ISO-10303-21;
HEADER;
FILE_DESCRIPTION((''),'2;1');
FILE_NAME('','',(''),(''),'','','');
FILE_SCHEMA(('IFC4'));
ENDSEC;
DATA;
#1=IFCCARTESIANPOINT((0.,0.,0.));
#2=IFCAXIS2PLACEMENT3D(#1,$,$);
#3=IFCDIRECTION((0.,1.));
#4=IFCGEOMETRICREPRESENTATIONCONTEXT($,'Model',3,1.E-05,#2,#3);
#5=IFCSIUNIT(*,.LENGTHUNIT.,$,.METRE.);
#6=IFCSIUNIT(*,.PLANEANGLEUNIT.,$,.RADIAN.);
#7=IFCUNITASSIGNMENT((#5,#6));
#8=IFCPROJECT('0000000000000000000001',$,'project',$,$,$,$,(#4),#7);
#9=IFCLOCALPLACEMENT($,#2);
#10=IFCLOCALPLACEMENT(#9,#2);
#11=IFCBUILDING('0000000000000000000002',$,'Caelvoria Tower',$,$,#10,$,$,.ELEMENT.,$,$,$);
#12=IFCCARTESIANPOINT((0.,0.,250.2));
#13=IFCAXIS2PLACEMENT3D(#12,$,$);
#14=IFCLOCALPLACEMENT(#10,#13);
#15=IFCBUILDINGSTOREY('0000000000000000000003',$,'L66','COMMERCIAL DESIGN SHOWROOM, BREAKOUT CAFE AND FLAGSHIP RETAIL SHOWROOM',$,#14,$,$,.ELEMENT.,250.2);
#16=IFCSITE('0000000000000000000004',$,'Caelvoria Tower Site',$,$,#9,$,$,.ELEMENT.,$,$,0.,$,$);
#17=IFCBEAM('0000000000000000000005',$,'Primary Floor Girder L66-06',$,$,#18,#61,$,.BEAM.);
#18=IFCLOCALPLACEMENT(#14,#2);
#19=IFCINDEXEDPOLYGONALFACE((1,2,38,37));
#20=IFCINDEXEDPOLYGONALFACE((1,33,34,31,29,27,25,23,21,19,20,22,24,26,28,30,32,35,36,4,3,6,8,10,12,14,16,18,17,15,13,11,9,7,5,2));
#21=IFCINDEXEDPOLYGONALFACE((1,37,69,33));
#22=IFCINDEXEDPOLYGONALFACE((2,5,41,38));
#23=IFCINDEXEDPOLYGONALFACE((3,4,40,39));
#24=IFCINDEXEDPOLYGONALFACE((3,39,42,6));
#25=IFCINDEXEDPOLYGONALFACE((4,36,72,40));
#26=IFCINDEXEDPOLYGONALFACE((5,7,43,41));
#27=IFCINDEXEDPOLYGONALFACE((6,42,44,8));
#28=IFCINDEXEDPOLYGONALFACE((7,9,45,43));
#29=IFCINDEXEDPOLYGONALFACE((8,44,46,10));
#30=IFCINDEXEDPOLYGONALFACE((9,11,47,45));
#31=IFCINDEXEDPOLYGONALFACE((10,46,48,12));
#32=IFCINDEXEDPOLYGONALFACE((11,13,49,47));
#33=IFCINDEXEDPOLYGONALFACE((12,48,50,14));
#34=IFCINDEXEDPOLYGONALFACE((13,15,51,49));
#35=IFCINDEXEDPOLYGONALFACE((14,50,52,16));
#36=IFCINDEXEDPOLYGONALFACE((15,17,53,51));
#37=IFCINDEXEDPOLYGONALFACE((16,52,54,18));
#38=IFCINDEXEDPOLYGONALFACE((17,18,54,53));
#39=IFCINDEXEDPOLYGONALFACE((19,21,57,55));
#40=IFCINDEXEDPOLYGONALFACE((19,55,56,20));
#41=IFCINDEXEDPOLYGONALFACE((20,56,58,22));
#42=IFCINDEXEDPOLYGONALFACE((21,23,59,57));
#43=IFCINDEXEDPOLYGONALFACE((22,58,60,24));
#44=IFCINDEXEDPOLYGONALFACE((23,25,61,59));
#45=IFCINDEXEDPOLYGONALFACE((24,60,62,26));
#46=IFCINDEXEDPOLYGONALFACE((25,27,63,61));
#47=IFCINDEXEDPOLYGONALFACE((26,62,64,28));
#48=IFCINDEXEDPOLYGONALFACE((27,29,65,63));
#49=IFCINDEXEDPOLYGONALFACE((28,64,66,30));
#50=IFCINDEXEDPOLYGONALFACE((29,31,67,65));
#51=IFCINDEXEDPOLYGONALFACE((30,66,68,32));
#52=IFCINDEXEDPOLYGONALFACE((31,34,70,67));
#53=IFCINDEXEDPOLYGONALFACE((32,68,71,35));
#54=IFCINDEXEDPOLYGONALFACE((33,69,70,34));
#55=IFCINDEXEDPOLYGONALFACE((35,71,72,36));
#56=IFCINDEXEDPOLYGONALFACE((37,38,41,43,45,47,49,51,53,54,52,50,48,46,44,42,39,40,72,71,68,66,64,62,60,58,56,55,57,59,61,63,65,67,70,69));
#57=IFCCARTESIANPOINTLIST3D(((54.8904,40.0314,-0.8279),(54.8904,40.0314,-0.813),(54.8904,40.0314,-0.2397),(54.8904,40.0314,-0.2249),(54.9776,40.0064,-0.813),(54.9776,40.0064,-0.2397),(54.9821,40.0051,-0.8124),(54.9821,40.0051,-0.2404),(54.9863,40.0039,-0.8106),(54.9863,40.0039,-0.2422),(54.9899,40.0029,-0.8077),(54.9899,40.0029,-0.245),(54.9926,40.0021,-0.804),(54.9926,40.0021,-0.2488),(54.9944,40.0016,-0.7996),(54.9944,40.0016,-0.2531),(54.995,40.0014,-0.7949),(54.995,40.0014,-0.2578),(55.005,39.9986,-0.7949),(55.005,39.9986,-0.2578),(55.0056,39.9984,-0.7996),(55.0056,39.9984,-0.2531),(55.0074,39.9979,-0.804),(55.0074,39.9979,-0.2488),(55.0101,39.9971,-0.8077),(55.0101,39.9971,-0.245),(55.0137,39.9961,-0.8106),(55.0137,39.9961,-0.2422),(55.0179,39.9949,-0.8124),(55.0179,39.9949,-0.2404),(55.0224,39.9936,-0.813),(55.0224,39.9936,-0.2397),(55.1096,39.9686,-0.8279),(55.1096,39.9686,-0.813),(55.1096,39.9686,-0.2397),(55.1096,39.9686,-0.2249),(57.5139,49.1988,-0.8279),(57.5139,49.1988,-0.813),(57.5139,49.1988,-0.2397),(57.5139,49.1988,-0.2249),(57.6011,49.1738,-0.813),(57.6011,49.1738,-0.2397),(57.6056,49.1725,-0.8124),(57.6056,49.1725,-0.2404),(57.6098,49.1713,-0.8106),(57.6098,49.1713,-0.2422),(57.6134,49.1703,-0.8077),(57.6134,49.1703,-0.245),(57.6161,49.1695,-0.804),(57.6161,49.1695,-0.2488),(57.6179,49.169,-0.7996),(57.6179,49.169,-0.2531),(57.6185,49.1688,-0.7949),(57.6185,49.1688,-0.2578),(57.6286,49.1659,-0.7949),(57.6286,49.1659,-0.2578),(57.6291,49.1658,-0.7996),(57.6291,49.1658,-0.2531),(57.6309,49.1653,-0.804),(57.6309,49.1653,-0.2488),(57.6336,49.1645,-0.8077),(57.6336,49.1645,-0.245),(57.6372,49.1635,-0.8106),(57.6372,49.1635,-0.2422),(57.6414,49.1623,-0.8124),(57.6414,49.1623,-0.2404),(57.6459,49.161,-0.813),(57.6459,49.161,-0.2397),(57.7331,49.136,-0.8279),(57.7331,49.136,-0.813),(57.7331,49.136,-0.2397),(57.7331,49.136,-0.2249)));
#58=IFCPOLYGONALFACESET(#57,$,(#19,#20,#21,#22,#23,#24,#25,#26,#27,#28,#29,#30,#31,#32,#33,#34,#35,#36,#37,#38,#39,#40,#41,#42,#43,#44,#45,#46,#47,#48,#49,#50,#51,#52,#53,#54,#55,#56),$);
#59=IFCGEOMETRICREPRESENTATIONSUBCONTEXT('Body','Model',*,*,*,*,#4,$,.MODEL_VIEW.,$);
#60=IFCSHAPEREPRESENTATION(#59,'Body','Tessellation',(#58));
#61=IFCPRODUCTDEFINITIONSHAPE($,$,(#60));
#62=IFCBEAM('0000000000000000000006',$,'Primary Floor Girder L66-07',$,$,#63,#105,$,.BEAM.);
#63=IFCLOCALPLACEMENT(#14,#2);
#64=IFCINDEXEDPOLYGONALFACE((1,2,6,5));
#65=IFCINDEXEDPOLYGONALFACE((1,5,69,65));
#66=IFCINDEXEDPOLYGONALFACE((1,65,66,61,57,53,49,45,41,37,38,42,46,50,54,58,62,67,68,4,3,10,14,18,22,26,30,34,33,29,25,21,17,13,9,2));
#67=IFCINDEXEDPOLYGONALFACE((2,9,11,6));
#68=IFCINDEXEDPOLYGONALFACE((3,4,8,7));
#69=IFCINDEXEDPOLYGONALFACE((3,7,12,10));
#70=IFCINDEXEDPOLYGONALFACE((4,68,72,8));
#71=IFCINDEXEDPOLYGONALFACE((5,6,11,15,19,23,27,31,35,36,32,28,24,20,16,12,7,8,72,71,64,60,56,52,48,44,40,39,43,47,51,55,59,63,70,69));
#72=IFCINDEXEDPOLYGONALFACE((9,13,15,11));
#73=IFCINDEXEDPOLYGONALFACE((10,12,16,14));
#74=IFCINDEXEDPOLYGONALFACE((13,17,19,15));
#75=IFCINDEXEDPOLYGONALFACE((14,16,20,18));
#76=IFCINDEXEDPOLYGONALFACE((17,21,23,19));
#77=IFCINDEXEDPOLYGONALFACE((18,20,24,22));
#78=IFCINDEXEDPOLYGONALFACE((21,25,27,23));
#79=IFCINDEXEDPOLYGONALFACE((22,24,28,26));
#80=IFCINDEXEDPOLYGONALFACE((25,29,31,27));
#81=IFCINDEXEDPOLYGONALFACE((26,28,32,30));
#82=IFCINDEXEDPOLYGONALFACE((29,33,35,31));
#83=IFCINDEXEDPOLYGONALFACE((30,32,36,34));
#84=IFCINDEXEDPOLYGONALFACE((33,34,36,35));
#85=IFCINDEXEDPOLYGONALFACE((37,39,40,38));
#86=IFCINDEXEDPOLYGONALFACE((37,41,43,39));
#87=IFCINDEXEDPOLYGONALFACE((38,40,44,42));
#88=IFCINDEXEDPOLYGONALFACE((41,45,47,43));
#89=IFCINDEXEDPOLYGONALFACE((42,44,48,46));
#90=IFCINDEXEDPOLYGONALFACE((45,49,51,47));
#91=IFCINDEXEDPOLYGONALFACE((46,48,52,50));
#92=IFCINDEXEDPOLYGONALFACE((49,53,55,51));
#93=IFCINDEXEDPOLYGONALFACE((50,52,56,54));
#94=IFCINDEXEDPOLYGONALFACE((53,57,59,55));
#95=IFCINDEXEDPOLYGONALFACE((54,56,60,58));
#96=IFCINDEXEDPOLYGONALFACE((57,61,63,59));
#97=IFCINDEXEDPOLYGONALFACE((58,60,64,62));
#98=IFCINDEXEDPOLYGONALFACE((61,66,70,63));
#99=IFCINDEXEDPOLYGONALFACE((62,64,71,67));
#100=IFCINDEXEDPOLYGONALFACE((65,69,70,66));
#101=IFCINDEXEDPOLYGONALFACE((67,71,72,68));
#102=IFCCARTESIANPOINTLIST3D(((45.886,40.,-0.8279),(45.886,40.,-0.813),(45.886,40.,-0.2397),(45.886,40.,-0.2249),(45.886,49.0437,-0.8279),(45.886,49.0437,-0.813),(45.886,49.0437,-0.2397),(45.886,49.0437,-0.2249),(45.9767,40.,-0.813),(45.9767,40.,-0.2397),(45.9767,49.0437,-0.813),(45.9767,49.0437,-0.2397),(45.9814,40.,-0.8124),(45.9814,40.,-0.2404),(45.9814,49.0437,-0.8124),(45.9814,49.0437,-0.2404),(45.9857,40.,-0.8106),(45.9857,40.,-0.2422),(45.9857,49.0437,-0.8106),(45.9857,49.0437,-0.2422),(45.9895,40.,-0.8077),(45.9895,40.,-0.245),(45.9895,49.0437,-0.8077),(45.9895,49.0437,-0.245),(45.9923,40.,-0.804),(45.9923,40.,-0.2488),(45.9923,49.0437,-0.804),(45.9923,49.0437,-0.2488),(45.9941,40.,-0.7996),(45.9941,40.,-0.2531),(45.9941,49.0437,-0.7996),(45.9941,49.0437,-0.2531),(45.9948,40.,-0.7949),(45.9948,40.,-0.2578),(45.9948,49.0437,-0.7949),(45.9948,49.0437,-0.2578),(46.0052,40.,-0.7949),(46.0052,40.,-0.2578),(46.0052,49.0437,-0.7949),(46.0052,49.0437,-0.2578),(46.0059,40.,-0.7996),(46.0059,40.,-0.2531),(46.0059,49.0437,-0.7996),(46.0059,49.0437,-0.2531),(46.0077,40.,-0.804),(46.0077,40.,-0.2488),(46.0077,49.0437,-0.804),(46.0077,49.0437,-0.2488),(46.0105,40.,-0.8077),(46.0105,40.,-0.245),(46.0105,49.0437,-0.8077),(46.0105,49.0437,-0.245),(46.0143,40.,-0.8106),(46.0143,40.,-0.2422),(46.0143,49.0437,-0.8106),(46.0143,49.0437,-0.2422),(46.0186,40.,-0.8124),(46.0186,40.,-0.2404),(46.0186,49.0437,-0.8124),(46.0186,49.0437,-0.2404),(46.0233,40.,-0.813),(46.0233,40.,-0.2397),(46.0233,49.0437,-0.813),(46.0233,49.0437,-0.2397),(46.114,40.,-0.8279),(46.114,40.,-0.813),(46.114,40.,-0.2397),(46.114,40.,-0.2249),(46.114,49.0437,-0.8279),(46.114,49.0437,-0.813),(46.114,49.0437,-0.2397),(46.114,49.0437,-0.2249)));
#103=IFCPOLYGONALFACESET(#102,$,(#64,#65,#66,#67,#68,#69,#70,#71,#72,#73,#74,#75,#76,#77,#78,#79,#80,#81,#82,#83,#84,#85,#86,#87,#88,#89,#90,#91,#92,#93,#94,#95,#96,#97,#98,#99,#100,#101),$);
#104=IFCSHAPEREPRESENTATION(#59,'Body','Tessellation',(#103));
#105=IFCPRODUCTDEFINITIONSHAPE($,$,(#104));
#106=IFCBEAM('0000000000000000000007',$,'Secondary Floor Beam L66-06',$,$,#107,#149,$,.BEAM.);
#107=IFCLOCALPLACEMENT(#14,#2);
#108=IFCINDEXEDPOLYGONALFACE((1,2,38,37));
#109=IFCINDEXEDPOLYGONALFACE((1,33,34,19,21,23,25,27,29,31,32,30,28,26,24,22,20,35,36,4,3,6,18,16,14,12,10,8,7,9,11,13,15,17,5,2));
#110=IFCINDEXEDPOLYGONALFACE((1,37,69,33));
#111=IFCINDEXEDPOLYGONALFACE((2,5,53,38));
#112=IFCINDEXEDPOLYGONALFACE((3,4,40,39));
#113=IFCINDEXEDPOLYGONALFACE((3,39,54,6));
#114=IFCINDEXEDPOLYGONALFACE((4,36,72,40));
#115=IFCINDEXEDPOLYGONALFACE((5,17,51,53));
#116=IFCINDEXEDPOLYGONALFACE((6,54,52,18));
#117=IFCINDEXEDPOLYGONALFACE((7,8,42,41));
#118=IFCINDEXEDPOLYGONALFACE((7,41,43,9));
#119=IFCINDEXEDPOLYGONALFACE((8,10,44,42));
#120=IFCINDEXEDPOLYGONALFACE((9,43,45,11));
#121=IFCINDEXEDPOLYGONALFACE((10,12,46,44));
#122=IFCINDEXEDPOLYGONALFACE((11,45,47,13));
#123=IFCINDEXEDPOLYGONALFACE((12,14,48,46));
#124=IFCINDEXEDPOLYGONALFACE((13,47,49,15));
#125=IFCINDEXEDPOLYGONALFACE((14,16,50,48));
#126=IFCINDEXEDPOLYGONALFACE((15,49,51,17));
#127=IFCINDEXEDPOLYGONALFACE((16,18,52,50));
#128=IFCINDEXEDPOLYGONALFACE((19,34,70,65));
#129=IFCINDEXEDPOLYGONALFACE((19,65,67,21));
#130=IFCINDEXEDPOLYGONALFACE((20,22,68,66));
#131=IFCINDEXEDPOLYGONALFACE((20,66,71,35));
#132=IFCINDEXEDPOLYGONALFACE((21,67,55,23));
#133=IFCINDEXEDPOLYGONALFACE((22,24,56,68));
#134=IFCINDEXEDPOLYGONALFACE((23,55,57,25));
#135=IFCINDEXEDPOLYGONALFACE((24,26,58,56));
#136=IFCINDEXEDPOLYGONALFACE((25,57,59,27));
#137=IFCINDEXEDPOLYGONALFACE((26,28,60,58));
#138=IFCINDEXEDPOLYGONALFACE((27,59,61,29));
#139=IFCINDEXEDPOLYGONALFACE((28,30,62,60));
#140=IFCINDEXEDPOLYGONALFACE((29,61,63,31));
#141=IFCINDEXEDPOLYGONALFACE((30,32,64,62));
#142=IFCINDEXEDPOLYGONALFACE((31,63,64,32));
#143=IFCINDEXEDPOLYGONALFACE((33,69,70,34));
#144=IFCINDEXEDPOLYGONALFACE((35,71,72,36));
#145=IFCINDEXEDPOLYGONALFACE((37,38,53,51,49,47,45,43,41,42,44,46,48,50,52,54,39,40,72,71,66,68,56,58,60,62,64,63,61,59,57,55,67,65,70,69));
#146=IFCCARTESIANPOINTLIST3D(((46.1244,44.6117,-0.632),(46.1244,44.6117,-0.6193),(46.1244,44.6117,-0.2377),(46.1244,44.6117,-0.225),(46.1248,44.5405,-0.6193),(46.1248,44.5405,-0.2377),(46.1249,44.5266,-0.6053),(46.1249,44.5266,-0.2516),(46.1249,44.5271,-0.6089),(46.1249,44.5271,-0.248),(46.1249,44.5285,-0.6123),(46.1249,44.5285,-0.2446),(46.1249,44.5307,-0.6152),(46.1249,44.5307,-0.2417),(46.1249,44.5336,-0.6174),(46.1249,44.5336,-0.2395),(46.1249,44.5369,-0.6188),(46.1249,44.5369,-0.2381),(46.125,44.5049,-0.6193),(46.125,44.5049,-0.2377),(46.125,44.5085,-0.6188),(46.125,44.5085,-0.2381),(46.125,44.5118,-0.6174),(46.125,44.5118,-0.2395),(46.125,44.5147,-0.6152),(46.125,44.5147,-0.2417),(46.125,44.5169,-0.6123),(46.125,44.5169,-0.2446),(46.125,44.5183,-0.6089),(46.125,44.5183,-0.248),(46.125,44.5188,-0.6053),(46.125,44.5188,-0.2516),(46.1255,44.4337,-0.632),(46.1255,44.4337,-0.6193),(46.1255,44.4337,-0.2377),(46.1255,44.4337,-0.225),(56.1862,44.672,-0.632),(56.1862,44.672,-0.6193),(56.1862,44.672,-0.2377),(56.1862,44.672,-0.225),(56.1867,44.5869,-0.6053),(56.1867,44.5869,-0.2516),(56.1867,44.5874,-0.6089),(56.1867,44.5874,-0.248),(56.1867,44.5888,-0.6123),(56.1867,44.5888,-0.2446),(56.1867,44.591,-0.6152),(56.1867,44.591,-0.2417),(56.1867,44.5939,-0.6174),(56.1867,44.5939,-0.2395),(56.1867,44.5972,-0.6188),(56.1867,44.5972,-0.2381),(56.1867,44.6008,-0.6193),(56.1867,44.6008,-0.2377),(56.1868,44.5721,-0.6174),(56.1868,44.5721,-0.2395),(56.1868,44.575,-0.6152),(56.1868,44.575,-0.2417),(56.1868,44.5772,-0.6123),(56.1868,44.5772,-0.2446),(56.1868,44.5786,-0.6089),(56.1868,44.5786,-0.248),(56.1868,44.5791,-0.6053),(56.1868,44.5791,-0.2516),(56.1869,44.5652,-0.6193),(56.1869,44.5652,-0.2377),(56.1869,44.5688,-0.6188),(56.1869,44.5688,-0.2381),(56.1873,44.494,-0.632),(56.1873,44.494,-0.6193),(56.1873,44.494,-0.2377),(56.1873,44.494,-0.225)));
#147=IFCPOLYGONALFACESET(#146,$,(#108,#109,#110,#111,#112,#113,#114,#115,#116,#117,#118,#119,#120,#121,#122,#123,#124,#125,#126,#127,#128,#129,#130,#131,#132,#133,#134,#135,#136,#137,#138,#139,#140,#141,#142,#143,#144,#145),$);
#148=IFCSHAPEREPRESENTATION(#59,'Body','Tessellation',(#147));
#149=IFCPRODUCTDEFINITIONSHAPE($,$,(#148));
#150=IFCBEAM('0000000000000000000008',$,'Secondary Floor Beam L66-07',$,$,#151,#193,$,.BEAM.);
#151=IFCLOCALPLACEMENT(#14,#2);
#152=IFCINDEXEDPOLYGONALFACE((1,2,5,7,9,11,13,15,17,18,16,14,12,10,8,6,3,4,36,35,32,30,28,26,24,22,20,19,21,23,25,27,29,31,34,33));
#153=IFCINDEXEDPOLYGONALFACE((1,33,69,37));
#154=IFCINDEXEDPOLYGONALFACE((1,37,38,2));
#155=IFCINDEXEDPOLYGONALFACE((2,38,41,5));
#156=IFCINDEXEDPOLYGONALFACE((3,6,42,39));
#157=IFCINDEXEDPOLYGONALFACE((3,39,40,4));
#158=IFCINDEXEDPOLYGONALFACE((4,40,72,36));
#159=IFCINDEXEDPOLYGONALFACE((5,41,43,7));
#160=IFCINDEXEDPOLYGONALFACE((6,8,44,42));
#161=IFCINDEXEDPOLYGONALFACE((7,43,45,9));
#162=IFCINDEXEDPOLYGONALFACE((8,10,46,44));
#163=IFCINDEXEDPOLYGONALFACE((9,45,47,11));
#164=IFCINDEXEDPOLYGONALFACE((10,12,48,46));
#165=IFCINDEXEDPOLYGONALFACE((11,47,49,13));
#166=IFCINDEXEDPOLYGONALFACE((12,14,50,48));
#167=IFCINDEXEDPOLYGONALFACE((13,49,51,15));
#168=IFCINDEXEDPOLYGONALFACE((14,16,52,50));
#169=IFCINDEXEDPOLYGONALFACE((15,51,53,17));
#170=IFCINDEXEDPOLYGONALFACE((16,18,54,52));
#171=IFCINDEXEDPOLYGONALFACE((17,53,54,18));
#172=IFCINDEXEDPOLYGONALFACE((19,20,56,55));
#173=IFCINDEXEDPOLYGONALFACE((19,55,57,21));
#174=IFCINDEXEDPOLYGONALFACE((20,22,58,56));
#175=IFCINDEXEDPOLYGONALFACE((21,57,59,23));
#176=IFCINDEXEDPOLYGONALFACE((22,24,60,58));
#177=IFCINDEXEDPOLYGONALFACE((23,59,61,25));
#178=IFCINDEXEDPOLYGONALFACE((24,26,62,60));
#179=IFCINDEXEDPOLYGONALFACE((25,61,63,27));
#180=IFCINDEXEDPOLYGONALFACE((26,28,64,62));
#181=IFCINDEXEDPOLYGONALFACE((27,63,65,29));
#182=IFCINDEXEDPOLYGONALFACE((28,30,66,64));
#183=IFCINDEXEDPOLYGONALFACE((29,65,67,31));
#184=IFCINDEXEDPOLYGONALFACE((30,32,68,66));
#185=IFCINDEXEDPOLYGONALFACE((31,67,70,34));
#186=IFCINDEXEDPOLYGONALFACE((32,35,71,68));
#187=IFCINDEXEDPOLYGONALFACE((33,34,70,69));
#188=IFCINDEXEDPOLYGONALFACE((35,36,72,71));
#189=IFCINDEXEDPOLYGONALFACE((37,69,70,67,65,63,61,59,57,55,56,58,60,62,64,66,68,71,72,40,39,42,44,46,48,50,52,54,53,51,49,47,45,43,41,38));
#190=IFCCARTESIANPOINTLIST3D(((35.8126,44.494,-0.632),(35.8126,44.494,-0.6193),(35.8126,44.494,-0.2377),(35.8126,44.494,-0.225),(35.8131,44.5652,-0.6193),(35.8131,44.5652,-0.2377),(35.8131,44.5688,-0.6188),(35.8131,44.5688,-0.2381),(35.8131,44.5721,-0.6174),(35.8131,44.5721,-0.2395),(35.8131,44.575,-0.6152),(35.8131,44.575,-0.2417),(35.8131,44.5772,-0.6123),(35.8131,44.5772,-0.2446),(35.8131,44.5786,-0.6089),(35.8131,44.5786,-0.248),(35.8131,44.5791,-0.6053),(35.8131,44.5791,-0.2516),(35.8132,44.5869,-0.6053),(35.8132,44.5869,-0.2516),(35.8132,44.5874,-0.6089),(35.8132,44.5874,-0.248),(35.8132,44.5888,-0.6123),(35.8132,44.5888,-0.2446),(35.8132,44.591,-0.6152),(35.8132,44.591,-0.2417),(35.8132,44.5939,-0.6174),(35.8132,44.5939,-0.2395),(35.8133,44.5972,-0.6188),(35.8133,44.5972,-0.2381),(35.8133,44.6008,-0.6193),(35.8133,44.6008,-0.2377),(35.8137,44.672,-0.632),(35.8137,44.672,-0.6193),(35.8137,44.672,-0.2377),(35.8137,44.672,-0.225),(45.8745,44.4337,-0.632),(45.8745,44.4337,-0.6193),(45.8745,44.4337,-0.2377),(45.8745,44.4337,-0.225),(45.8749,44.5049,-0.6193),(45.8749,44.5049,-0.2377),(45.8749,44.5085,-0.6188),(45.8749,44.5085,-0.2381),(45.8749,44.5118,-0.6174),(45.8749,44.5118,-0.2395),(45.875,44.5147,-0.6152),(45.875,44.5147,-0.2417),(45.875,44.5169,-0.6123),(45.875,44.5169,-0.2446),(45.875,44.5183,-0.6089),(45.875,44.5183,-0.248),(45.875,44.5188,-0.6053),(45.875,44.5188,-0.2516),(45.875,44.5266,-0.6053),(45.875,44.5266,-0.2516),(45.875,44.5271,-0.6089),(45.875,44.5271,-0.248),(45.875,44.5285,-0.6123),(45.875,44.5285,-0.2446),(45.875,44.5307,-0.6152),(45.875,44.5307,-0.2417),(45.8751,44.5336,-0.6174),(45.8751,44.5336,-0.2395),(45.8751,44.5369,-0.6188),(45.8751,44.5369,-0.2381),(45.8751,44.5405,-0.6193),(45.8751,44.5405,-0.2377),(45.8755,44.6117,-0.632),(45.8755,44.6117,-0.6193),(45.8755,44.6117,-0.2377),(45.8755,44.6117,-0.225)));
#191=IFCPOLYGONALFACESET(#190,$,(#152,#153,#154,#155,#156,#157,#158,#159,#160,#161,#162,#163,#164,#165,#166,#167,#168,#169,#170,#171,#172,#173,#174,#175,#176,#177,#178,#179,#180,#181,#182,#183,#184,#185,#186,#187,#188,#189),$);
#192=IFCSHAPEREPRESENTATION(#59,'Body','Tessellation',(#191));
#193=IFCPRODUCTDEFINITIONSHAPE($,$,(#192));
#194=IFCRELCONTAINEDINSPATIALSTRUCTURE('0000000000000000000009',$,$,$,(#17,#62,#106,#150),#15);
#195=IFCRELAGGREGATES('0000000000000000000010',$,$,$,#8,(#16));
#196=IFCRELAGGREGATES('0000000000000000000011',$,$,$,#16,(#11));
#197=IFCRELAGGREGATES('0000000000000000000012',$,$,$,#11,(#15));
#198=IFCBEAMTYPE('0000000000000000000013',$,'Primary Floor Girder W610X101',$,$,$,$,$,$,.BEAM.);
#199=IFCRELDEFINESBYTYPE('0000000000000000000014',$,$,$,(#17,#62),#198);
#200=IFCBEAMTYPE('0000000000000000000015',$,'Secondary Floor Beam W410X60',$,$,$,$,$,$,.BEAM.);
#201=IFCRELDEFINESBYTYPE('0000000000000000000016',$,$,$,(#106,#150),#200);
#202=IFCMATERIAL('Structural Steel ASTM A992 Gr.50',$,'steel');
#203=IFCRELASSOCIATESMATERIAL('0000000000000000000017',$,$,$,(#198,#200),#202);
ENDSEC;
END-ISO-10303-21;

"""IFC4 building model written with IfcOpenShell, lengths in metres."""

from ifc_helpers import new_model, si_unit, direction, frame, origin, origin_2d, place, context, subcontext, project, spatial, i_section, extrude, material, material_profile, profile_set, type_object, element, save


model = new_model("IFC4")

# Units and contexts
model_context = context("Model", 3, precision=1e-05, world=origin(), true_north=direction((0.0, 1.0)))
body_context = subcontext(model_context, "Body", "Model", "MODEL_VIEW")
ifc_project = project(units=[si_unit("LENGTHUNIT", "METRE"), si_unit("PLANEANGLEUNIT", "RADIAN")], contexts=[model_context])

# Site, building, storey
site_placement = place(None, origin())
site = spatial("IfcSite", under=ifc_project, at=site_placement, Name="Caelvoria Tower Site", CompositionType="ELEMENT", RefElevation=0.0)
building_placement = place(site_placement, origin())
building = spatial("IfcBuilding", under=site, at=building_placement, Name="Caelvoria Tower", CompositionType="ELEMENT")
storey_placement = place(building_placement, frame((0.0, 0.0, 250.2)))
storey = spatial("IfcBuildingStorey", under=building, at=storey_placement, Name="L66", Description="COMMERCIAL DESIGN SHOWROOM, BREAKOUT CAFE AND FLAGSHIP RETAIL SHOWROOM", CompositionType="ELEMENT", Elevation=250.2)

# Shared definitions
ifc_material_1 = material(Name="Structural Steel ASTM A992 Gr.50", Category="steel")

# Beams
ifc_material_profile_1 = material_profile(ifc_material_1, i_section(OverallWidth=0.228, OverallDepth=0.603, WebThickness=0.0105, FlangeThickness=0.0149, FilletRadius=0.0181, at=origin_2d()), Name="Structural Steel ASTM A992 Gr.50")
ifc_profile_set_1 = profile_set([ifc_material_profile_1], Name="W610X101 - Structural Steel ASTM A992 Gr.50")
beam_type_1 = type_object("IfcBeamType", Name="Primary Floor Girder W610X101", PredefinedType="BEAM", material=ifc_profile_set_1)
beam_1_placement = place(storey_placement, frame((55.0, 40.0, -0.5264), z_axis=(0.275134, 0.961406, 0.0), x_axis=(-0.961406, 0.275134, 0.0)))
element("IfcBeam", 1, at=beam_1_placement, inside=storey, type_object=beam_type_1, Name="Primary Floor Girder L66-06", PredefinedType="BEAM", context=body_context, shape_type="SweptSolid", body=[
    extrude(i_section(OverallWidth=0.228, OverallDepth=0.603, WebThickness=0.0105, FlangeThickness=0.0149, FilletRadius=0.0181, at=origin_2d()), origin(), (0.0, 0.0, 1.0), 9.5354),
])
beam_2_placement = place(storey_placement, frame((46.0, 40.0, -0.5264), z_axis=(0.0, 1.0, 0.0), x_axis=(-1.0, 0.0, 0.0)))
element("IfcBeam", 2, at=beam_2_placement, inside=storey, type_object=beam_type_1, Name="Primary Floor Girder L66-07", PredefinedType="BEAM", context=body_context, shape_type="SweptSolid", body=[
    extrude(i_section(OverallWidth=0.228, OverallDepth=0.603, WebThickness=0.0105, FlangeThickness=0.0149, FilletRadius=0.0181, at=origin_2d()), origin(), (0.0, 0.0, 1.0), 9.0437),
])
ifc_material_profile_2 = material_profile(ifc_material_1, i_section(OverallWidth=0.178, OverallDepth=0.407, WebThickness=0.0078, FlangeThickness=0.0127, FilletRadius=0.0139, at=origin_2d()), Name="Structural Steel ASTM A992 Gr.50")
ifc_profile_set_2 = profile_set([ifc_material_profile_2], Name="W410X60 - Structural Steel ASTM A992 Gr.50")
beam_type_2 = type_object("IfcBeamType", Name="Secondary Floor Beam W410X60", PredefinedType="BEAM", material=ifc_profile_set_2)
for number, where, z_axis, x_axis, name in (
    (3, (56.1868, 44.583, -0.4285), (-0.999982, -0.005993, 0.0), (0.005993, -0.999982, 0.0), "Secondary Floor Beam L66-06"),
    (4, (45.875, 44.5227, -0.4285), (-0.999982, 0.005993, 0.0), (-0.005993, -0.999982, 0.0), "Secondary Floor Beam L66-07"),
):
    element("IfcBeam", number, at=place(storey_placement, frame(where, z_axis=z_axis, x_axis=x_axis)), inside=storey, type_object=beam_type_2, Name=name, PredefinedType="BEAM", context=body_context, shape_type="SweptSolid", body=[
        extrude(i_section(OverallWidth=0.178, OverallDepth=0.407, WebThickness=0.0078, FlangeThickness=0.0127, FilletRadius=0.0139, at=origin_2d()), origin(), (0.0, 0.0, 1.0), 10.062),
    ])

save(model, "model.ifc")
